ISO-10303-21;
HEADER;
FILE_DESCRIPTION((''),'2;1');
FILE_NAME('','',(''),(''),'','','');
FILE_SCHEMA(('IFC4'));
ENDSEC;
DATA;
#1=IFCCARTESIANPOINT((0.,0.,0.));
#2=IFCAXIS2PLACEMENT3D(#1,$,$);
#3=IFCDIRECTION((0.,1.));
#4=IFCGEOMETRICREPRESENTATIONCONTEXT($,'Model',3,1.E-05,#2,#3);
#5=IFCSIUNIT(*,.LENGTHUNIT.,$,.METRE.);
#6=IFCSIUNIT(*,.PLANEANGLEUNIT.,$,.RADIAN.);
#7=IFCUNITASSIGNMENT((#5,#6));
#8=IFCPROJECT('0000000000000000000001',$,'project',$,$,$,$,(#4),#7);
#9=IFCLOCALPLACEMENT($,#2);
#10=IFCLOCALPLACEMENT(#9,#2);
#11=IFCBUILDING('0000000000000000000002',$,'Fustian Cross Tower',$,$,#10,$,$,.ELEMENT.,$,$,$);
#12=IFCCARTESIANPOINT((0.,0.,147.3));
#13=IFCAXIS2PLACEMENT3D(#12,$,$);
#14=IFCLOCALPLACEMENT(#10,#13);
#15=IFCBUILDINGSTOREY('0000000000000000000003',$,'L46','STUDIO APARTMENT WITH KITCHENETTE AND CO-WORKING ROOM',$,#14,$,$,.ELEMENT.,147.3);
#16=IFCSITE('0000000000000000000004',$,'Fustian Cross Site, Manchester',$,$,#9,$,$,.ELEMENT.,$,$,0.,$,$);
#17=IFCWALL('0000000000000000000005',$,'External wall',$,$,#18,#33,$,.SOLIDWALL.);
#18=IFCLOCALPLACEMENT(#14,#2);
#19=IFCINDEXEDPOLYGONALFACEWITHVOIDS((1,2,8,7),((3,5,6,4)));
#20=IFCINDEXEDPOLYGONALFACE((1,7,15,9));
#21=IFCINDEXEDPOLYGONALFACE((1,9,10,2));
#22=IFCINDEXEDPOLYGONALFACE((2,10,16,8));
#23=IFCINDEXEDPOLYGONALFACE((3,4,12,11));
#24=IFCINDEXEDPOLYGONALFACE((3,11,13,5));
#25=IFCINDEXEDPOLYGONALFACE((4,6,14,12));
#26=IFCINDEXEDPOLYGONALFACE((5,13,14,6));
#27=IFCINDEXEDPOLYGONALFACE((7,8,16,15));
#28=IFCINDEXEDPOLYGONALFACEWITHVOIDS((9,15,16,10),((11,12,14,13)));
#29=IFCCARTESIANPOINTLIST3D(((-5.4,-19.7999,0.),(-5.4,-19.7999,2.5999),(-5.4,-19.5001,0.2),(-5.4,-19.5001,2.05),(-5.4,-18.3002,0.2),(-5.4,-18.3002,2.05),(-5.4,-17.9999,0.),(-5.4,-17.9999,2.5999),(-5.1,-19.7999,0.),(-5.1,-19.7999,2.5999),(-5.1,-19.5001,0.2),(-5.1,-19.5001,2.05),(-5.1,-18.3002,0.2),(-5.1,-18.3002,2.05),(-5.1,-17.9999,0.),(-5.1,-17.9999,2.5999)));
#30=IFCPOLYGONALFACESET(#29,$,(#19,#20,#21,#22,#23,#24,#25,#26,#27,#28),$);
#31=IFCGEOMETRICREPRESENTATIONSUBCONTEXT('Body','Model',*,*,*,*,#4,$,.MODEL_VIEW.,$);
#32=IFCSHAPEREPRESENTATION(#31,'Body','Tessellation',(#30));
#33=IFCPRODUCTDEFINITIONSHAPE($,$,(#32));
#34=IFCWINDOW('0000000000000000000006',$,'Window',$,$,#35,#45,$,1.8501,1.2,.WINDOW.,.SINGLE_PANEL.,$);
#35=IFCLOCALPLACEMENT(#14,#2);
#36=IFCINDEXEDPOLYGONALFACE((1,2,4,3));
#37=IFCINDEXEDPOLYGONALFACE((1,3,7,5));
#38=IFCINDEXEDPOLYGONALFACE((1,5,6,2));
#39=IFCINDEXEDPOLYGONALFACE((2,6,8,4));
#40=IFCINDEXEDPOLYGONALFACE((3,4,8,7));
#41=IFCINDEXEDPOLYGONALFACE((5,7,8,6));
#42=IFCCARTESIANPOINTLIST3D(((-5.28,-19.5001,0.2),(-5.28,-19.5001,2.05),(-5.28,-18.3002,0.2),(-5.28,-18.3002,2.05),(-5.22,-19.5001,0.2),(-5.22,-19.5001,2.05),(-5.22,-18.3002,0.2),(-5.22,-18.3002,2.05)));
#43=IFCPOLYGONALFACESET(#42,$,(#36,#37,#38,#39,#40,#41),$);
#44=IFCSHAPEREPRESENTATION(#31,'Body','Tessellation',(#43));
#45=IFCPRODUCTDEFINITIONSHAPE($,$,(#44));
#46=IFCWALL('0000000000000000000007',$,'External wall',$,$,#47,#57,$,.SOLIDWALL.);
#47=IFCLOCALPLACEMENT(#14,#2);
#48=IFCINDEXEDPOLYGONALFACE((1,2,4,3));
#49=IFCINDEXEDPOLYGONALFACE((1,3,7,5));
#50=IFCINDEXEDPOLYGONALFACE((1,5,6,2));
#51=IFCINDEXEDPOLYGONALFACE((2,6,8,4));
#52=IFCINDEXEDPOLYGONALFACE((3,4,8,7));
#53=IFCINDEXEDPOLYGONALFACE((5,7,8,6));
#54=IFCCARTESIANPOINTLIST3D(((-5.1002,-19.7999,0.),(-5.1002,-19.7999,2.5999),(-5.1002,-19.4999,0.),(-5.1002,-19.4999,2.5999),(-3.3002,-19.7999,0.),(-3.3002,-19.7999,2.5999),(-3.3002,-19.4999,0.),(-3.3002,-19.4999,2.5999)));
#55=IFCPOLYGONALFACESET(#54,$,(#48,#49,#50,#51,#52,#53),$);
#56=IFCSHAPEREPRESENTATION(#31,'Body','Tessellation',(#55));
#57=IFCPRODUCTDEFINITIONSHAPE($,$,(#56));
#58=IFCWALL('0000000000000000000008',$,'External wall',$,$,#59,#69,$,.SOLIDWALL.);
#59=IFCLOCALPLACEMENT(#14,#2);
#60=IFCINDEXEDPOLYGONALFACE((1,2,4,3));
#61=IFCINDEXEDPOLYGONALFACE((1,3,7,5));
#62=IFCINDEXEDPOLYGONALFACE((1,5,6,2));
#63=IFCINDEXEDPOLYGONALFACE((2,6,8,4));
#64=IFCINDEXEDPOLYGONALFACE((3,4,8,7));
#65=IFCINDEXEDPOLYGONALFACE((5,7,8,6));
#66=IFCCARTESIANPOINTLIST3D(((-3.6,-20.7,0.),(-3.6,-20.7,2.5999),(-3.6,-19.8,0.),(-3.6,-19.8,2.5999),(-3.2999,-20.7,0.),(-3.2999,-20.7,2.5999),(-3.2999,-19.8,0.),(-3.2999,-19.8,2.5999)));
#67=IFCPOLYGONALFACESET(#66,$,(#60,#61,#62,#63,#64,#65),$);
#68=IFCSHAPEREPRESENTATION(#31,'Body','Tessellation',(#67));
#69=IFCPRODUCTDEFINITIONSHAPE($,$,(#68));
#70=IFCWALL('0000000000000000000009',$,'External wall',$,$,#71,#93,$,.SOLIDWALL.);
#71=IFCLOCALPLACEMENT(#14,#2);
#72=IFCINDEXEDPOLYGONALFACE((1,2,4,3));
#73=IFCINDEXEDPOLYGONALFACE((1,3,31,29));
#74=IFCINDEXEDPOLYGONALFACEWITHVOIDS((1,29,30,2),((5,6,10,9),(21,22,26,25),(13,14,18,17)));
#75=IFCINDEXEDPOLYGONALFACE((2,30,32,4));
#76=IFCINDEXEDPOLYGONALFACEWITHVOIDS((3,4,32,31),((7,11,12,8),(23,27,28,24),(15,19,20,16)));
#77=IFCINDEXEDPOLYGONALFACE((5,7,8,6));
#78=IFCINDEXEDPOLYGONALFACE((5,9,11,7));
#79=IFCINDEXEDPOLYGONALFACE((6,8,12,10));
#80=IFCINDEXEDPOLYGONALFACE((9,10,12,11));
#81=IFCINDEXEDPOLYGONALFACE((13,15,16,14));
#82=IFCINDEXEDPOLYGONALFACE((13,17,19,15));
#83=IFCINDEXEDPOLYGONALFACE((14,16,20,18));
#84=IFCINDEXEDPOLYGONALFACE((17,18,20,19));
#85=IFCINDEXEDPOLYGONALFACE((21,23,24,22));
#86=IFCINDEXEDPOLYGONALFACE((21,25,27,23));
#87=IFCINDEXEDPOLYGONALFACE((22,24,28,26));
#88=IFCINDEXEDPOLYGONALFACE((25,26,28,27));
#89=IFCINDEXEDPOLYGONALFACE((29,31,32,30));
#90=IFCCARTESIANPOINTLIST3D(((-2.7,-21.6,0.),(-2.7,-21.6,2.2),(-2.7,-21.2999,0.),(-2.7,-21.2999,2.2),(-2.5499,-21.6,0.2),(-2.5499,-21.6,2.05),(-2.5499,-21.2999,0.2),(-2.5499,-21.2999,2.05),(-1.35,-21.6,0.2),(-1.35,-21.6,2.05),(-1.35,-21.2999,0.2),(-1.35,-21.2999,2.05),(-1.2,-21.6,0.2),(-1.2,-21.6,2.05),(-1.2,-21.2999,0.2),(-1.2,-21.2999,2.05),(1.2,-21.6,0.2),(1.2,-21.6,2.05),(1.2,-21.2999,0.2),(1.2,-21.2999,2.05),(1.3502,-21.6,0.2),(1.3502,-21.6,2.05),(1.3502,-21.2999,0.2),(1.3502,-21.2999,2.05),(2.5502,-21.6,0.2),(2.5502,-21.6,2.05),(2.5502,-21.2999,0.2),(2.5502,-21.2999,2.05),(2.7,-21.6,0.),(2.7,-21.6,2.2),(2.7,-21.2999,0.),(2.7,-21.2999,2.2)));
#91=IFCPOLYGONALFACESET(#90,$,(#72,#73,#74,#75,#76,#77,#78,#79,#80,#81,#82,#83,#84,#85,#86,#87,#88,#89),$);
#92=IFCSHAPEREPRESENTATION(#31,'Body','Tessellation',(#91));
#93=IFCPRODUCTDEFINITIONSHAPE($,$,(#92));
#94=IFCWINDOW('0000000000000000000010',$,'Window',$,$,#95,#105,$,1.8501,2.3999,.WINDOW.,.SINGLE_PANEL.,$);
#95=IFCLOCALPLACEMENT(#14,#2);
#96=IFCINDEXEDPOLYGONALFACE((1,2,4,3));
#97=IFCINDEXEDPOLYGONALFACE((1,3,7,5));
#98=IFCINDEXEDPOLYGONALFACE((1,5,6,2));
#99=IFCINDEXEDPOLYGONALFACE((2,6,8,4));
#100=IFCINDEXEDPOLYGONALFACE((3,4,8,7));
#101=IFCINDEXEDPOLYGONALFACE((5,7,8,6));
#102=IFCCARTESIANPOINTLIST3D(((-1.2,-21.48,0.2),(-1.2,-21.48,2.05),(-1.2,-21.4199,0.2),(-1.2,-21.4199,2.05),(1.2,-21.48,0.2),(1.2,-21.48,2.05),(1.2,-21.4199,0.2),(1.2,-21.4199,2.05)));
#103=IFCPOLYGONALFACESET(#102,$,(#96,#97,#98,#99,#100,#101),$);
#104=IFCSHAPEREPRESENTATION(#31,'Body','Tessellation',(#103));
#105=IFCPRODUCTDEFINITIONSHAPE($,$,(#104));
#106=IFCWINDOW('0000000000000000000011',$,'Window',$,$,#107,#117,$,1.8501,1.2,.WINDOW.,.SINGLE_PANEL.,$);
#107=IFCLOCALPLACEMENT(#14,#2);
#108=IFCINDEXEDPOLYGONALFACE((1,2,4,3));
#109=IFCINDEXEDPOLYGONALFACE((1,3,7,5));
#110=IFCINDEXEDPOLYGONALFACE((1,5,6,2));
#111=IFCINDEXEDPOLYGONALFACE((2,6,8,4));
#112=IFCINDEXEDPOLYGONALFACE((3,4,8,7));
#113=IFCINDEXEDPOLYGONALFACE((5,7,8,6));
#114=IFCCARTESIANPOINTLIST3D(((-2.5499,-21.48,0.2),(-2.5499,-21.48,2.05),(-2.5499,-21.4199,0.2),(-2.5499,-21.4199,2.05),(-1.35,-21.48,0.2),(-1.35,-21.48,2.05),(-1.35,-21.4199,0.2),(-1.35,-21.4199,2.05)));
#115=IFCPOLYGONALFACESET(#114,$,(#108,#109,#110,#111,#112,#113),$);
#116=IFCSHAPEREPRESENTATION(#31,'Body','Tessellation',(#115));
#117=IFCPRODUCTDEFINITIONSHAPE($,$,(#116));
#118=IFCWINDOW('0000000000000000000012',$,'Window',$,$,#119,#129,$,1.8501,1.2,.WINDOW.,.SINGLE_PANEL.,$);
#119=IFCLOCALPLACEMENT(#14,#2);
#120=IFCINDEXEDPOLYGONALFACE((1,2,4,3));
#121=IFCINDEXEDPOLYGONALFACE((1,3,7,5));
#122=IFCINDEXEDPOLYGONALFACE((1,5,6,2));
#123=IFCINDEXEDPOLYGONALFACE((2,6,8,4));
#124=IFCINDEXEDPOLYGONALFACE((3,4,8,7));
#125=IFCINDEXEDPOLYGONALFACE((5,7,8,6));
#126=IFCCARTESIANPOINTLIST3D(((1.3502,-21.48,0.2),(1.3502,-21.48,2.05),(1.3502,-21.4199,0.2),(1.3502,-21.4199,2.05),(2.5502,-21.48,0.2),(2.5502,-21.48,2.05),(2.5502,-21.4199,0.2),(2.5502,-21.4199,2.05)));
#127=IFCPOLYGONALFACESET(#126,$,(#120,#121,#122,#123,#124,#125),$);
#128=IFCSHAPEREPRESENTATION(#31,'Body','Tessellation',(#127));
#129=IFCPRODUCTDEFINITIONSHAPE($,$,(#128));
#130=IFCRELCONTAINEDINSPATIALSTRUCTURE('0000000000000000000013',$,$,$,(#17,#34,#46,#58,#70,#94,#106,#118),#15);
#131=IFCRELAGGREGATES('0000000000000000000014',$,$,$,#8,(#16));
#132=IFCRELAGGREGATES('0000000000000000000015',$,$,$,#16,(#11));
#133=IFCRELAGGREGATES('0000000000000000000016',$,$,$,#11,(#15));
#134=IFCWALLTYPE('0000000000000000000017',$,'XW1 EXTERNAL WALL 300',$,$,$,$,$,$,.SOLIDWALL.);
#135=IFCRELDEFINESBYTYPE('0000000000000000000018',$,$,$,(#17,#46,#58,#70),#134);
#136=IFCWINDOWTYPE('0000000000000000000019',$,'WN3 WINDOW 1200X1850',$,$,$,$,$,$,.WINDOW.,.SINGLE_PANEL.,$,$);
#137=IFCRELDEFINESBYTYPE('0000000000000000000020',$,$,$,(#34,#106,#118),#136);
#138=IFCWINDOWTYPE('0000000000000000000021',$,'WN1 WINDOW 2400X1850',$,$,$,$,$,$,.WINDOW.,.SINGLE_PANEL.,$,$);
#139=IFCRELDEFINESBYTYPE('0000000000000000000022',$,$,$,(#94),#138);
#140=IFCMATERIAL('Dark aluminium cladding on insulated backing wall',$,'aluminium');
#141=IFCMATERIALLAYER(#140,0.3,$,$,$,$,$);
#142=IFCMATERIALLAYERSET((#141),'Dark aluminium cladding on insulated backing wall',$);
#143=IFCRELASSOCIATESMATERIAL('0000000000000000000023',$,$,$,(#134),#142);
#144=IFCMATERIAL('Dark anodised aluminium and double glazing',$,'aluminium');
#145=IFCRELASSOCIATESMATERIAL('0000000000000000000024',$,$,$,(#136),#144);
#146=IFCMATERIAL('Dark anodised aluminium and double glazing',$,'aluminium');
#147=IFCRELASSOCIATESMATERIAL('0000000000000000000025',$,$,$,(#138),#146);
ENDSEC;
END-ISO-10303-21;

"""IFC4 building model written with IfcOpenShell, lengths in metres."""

from ifc_helpers import new_model, si_unit, direction, frame, frame_2d, origin, place, context, subcontext, project, spatial, rectangle, extrude, material, layer, layer_set, type_object, element, fill, save


model = new_model("IFC4")

# Units and contexts
model_context = context("Model", 3, precision=1e-05, world=origin(), true_north=direction((0.0, 1.0)))
body_context = subcontext(model_context, "Body", "Model", "MODEL_VIEW")
ifc_project = project(units=[si_unit("LENGTHUNIT", "METRE"), si_unit("PLANEANGLEUNIT", "RADIAN")], contexts=[model_context])

# Site, building, storey
site_placement = place(None, origin())
site = spatial("IfcSite", under=ifc_project, at=site_placement, Name="Fustian Cross Site, Manchester", CompositionType="ELEMENT", RefElevation=0.0)
building_placement = place(site_placement, origin())
building = spatial("IfcBuilding", under=site, at=building_placement, Name="Fustian Cross Tower", CompositionType="ELEMENT")
storey_placement = place(building_placement, frame((0.0, 0.0, 147.3)))
storey = spatial("IfcBuildingStorey", under=building, at=storey_placement, Name="L46", Description="STUDIO APARTMENT WITH KITCHENETTE AND CO-WORKING ROOM", CompositionType="ELEMENT", Elevation=147.3)

# Shared definitions
ifc_material_1 = material(Name="Dark aluminium cladding on insulated backing wall", Category="aluminium")
ifc_layer_1 = layer(ifc_material_1, 0.3)
ifc_layer_set_1 = layer_set([ifc_layer_1], Name="Dark aluminium cladding on insulated backing wall")
wall_type_1 = type_object("IfcWallType", Name="XW1 EXTERNAL WALL 300", PredefinedType="SOLIDWALL", material=ifc_layer_set_1)

# Shared definitions
ifc_material_2 = material(Name="Dark anodised aluminium and double glazing", Category="aluminium")
window_type_1 = type_object("IfcWindowType", Name="WN3 WINDOW 1200X1850", PartitioningType="SINGLE_PANEL", PredefinedType="WINDOW", material=ifc_material_2)

# Wall, opening, window
wall_1_placement = place(storey_placement, frame((-5.25, -18.0, 0.0), z_axis=(0.0, 0.0, 1.0), x_axis=(0.0, -1.0, 0.0)))
wall_1 = element("IfcWall", 1, at=wall_1_placement, inside=storey, type_object=wall_type_1, Name="External wall", PredefinedType="SOLIDWALL", context=body_context, shape_type="SweptSolid", body=[
    extrude(rectangle(XDim=1.8, YDim=0.3, at=frame_2d((0.8999, 0.0))), origin(), (0.0, 0.0, 1.0), 2.5999),
])
opening_1_placement = place(wall_1_placement, frame((0.3, 0.0, 0.2)))
opening_1 = element("IfcOpeningElement", 2, at=opening_1_placement, cuts=wall_1, PredefinedType="OPENING", context=body_context, shape_type="SweptSolid", body=[
    extrude(rectangle(XDim=1.2, YDim=1.8501, at=frame_2d((0.6001, 0.925))), frame((0.0, 0.1599, 0.0), z_axis=(0.0, -1.0, 0.0), x_axis=(1.0, 0.0, 0.0)), (0.0, 0.0, 1.0), 0.3201),
])
window_1_placement = place(opening_1_placement, origin())
window_1 = element("IfcWindow", 3, at=window_1_placement, inside=storey, type_object=window_type_1, Name="Window", OverallHeight=1.8501, OverallWidth=1.2, PartitioningType="SINGLE_PANEL", PredefinedType="WINDOW", context=body_context, shape_type="SweptSolid", body=[
    extrude(rectangle(XDim=1.2, YDim=1.8501, at=frame_2d((0.6001, 0.925))), frame((0.0, 0.03, 0.0), z_axis=(0.0, -1.0, 0.0), x_axis=(1.0, 0.0, 0.0)), (0.0, 0.0, 1.0), 0.0601),
])
fill(opening_1, window_1)

# Walls
wall_2_placement = place(storey_placement, frame((-5.1001, -19.6499, 0.0), z_axis=(0.0, 0.0, 1.0), x_axis=(1.0, 0.0, 0.0)))
element("IfcWall", 4, at=wall_2_placement, inside=storey, type_object=wall_type_1, Name="External wall", PredefinedType="SOLIDWALL", context=body_context, shape_type="SweptSolid", body=[
    extrude(rectangle(XDim=1.8, YDim=0.3, at=frame_2d((0.8999, 0.0))), origin(), (0.0, 0.0, 1.0), 2.5999),
])
wall_3_placement = place(storey_placement, frame((-3.45, -19.8, 0.0), z_axis=(0.0, 0.0, 1.0), x_axis=(0.0, -1.0, 0.0)))
element("IfcWall", 5, at=wall_3_placement, inside=storey, type_object=wall_type_1, Name="External wall", PredefinedType="SOLIDWALL", context=body_context, shape_type="SweptSolid", body=[
    extrude(rectangle(XDim=0.8999, YDim=0.3, at=frame_2d((0.45, 0.0))), origin(), (0.0, 0.0, 1.0), 2.5999),
])

# Wall, openings, windows
wall_4_placement = place(storey_placement, frame((-2.7, -21.45, 0.0), z_axis=(0.0, 0.0, 1.0), x_axis=(1.0, 0.0, 0.0)))
wall_4 = element("IfcWall", 6, at=wall_4_placement, inside=storey, type_object=wall_type_1, Name="External wall", PredefinedType="SOLIDWALL", context=body_context, shape_type="SweptSolid", body=[
    extrude(rectangle(XDim=5.3999, YDim=0.3, at=frame_2d((2.7, 0.0))), origin(), (0.0, 0.0, 1.0), 2.2),
])
opening_2_placement = place(wall_4_placement, frame((1.5, 0.0, 0.2)))
opening_2 = element("IfcOpeningElement", 7, at=opening_2_placement, cuts=wall_4, PredefinedType="OPENING", context=body_context, shape_type="SweptSolid", body=[
    extrude(rectangle(XDim=2.3999, YDim=1.8501, at=frame_2d((1.2, 0.925))), frame((0.0, 0.1599, 0.0), z_axis=(0.0, -1.0, 0.0), x_axis=(1.0, 0.0, 0.0)), (0.0, 0.0, 1.0), 0.3201),
])
opening_3_placement = place(wall_4_placement, frame((0.1499, 0.0, 0.2)))
opening_3 = element("IfcOpeningElement", 8, at=opening_3_placement, cuts=wall_4, PredefinedType="OPENING", context=body_context, shape_type="SweptSolid", body=[
    extrude(rectangle(XDim=1.2, YDim=1.8501, at=frame_2d((0.6001, 0.925))), frame((0.0, 0.1599, 0.0), z_axis=(0.0, -1.0, 0.0), x_axis=(1.0, 0.0, 0.0)), (0.0, 0.0, 1.0), 0.3201),
])
opening_4_placement = place(wall_4_placement, frame((4.05, 0.0, 0.2)))
opening_4 = element("IfcOpeningElement", 9, at=opening_4_placement, cuts=wall_4, PredefinedType="OPENING", context=body_context, shape_type="SweptSolid", body=[
    extrude(rectangle(XDim=1.2, YDim=1.8501, at=frame_2d((0.6001, 0.925))), frame((0.0, 0.1599, 0.0), z_axis=(0.0, -1.0, 0.0), x_axis=(1.0, 0.0, 0.0)), (0.0, 0.0, 1.0), 0.3201),
])
ifc_material_3 = material(Name="Dark anodised aluminium and double glazing", Category="aluminium")
window_type_2 = type_object("IfcWindowType", Name="WN1 WINDOW 2400X1850", PartitioningType="SINGLE_PANEL", PredefinedType="WINDOW", material=ifc_material_3)
window_2_placement = place(opening_2_placement, origin())
window_2 = element("IfcWindow", 10, at=window_2_placement, inside=storey, type_object=window_type_2, Name="Window", OverallHeight=1.8501, OverallWidth=2.3999, PartitioningType="SINGLE_PANEL", PredefinedType="WINDOW", context=body_context, shape_type="SweptSolid", body=[
    extrude(rectangle(XDim=2.3999, YDim=1.8501, at=frame_2d((1.2, 0.925))), frame((0.0, 0.03, 0.0), z_axis=(0.0, -1.0, 0.0), x_axis=(1.0, 0.0, 0.0)), (0.0, 0.0, 1.0), 0.0601),
])
fill(opening_2, window_2)
window_3_placement = place(opening_3_placement, origin())
window_3 = element("IfcWindow", 11, at=window_3_placement, inside=storey, type_object=window_type_1, Name="Window", OverallHeight=1.8501, OverallWidth=1.2, PartitioningType="SINGLE_PANEL", PredefinedType="WINDOW", context=body_context, shape_type="SweptSolid", body=[
    extrude(rectangle(XDim=1.2, YDim=1.8501, at=frame_2d((0.6001, 0.925))), frame((0.0, 0.03, 0.0), z_axis=(0.0, -1.0, 0.0), x_axis=(1.0, 0.0, 0.0)), (0.0, 0.0, 1.0), 0.0601),
])
fill(opening_3, window_3)
window_4_placement = place(opening_4_placement, origin())
window_4 = element("IfcWindow", 12, at=window_4_placement, inside=storey, type_object=window_type_1, Name="Window", OverallHeight=1.8501, OverallWidth=1.2, PartitioningType="SINGLE_PANEL", PredefinedType="WINDOW", context=body_context, shape_type="SweptSolid", body=[
    extrude(rectangle(XDim=1.2, YDim=1.8501, at=frame_2d((0.6001, 0.925))), frame((0.0, 0.03, 0.0), z_axis=(0.0, -1.0, 0.0), x_axis=(1.0, 0.0, 0.0)), (0.0, 0.0, 1.0), 0.0601),
])
fill(opening_4, window_4)

save(model, "model.ifc")
